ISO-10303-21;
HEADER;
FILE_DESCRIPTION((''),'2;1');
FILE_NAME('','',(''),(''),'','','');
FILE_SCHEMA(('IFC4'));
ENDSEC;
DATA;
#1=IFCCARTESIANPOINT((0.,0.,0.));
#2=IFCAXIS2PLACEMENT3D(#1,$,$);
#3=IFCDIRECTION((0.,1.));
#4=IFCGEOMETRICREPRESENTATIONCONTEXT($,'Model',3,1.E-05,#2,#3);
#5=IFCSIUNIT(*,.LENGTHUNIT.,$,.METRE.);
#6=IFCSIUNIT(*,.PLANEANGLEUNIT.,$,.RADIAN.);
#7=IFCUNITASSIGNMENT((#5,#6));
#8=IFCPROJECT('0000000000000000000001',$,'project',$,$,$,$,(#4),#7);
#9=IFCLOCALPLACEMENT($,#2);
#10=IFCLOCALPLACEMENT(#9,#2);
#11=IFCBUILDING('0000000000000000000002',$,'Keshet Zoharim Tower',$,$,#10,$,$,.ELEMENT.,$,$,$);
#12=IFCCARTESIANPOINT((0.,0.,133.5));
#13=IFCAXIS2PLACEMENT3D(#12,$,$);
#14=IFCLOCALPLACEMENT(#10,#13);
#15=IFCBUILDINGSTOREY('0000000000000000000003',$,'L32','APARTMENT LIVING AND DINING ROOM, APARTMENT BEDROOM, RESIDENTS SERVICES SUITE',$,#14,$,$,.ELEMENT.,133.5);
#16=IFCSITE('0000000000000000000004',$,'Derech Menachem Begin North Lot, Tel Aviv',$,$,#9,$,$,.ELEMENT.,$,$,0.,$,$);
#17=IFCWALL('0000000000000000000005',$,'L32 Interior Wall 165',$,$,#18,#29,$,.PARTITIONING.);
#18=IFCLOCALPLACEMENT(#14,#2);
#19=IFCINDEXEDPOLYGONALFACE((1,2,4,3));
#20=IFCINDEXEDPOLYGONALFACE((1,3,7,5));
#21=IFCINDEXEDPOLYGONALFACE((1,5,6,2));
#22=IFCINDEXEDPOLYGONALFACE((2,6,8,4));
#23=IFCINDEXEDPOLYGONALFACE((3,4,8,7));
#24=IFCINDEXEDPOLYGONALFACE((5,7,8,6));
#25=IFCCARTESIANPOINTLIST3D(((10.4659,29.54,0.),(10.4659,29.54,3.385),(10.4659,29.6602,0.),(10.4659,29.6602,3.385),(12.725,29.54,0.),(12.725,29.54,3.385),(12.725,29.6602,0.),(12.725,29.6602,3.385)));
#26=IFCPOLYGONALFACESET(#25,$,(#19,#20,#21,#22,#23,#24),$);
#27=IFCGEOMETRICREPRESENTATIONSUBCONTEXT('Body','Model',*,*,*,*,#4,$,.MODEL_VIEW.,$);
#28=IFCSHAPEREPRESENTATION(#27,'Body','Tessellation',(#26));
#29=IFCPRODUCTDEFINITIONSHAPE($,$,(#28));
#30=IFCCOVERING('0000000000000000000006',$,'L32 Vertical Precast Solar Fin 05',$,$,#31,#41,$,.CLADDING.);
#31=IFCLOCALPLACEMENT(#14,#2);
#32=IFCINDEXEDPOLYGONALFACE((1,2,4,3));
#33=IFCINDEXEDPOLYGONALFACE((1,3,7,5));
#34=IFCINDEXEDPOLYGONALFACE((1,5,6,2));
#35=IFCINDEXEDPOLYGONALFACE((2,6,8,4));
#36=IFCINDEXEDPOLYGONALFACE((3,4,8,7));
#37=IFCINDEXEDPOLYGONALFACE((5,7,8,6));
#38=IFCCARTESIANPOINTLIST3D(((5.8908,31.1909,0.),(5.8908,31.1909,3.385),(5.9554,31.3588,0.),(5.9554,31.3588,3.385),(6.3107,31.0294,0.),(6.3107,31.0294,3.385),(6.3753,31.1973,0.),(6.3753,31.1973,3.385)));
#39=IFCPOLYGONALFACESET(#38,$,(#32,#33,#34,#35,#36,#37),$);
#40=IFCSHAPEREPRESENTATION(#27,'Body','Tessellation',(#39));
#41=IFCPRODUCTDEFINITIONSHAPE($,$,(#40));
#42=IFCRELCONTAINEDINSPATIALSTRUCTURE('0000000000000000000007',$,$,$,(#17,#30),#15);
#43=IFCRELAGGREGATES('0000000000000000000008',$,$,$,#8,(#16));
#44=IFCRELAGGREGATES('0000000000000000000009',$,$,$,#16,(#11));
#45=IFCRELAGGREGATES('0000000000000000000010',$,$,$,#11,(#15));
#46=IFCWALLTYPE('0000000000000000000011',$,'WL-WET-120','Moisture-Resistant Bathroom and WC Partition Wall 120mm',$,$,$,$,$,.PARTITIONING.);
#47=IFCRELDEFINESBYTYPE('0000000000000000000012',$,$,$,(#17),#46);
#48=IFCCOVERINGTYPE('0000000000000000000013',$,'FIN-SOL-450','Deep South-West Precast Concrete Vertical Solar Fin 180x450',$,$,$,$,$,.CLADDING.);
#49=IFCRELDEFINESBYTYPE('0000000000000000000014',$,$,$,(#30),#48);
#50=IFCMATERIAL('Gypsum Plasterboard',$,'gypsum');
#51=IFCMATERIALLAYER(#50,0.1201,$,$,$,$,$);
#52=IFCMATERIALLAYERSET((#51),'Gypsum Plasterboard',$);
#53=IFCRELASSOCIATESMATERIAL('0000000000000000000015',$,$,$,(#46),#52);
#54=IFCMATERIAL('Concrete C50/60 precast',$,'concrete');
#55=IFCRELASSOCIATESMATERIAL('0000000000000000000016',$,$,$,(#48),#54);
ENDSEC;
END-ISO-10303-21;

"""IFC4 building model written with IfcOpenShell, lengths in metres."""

from ifc_helpers import new_model, si_unit, direction, frame, frame_2d, origin, origin_2d, place, context, subcontext, project, spatial, rectangle, extrude, material, layer, layer_set, type_object, element, save


model = new_model("IFC4")

# Units and contexts
model_context = context("Model", 3, precision=1e-05, world=origin(), true_north=direction((0.0, 1.0)))
body_context = subcontext(model_context, "Body", "Model", "MODEL_VIEW")
ifc_project = project(units=[si_unit("LENGTHUNIT", "METRE"), si_unit("PLANEANGLEUNIT", "RADIAN")], contexts=[model_context])

# Site, building, storey
site_placement = place(None, origin())
site = spatial("IfcSite", under=ifc_project, at=site_placement, Name="Derech Menachem Begin North Lot, Tel Aviv", CompositionType="ELEMENT", RefElevation=0.0)
building_placement = place(site_placement, origin())
building = spatial("IfcBuilding", under=site, at=building_placement, Name="Keshet Zoharim Tower", CompositionType="ELEMENT")
storey_placement = place(building_placement, frame((0.0, 0.0, 133.5)))
storey = spatial("IfcBuildingStorey", under=building, at=storey_placement, Name="L32", Description="APARTMENT LIVING AND DINING ROOM, APARTMENT BEDROOM, RESIDENTS SERVICES SUITE", CompositionType="ELEMENT", Elevation=133.5)

# Shared definitions
ifc_material_1 = material(Name="Gypsum Plasterboard", Category="gypsum")

# Shared definitions
ifc_layer_1 = layer(ifc_material_1, 0.1201)
ifc_layer_set_1 = layer_set([ifc_layer_1], Name="Gypsum Plasterboard")
wall_type_1 = type_object("IfcWallType", Name="WL-WET-120", Description="Moisture-Resistant Bathroom and WC Partition Wall 120mm", PredefinedType="PARTITIONING", material=ifc_layer_set_1)

# Wall
wall_1_placement = place(storey_placement, frame((10.4661, 29.6001, 0.0), z_axis=(0.0, 0.0, 1.0), x_axis=(1.0, 0.0, 0.0)))
element("IfcWall", 1, at=wall_1_placement, inside=storey, type_object=wall_type_1, Name="L32 Interior Wall 165", PredefinedType="PARTITIONING", context=body_context, shape_type="SweptSolid", body=[
    extrude(rectangle(XDim=2.259, YDim=0.1201, at=frame_2d((1.1294, 0.0))), origin(), (0.0, 0.0, 1.0), 3.385),
])

# Covering
ifc_material_2 = material(Name="Concrete C50/60 precast", Category="concrete")
covering_type = type_object("IfcCoveringType", Name="FIN-SOL-450", Description="Deep South-West Precast Concrete Vertical Solar Fin 180x450", PredefinedType="CLADDING", material=ifc_material_2)
covering_placement = place(storey_placement, frame((6.1331, 31.1941, 0.0), z_axis=(0.0, 0.0, 1.0), x_axis=(0.35899, 0.933341, 0.0)))
element("IfcCovering", 2, at=covering_placement, inside=storey, type_object=covering_type, Name="L32 Vertical Precast Solar Fin 05", PredefinedType="CLADDING", context=body_context, shape_type="SweptSolid", body=[
    extrude(rectangle(XDim=0.1799, YDim=0.45, at=origin_2d()), origin(), (0.0, 0.0, 1.0), 3.385),
])

save(model, "model.ifc")
